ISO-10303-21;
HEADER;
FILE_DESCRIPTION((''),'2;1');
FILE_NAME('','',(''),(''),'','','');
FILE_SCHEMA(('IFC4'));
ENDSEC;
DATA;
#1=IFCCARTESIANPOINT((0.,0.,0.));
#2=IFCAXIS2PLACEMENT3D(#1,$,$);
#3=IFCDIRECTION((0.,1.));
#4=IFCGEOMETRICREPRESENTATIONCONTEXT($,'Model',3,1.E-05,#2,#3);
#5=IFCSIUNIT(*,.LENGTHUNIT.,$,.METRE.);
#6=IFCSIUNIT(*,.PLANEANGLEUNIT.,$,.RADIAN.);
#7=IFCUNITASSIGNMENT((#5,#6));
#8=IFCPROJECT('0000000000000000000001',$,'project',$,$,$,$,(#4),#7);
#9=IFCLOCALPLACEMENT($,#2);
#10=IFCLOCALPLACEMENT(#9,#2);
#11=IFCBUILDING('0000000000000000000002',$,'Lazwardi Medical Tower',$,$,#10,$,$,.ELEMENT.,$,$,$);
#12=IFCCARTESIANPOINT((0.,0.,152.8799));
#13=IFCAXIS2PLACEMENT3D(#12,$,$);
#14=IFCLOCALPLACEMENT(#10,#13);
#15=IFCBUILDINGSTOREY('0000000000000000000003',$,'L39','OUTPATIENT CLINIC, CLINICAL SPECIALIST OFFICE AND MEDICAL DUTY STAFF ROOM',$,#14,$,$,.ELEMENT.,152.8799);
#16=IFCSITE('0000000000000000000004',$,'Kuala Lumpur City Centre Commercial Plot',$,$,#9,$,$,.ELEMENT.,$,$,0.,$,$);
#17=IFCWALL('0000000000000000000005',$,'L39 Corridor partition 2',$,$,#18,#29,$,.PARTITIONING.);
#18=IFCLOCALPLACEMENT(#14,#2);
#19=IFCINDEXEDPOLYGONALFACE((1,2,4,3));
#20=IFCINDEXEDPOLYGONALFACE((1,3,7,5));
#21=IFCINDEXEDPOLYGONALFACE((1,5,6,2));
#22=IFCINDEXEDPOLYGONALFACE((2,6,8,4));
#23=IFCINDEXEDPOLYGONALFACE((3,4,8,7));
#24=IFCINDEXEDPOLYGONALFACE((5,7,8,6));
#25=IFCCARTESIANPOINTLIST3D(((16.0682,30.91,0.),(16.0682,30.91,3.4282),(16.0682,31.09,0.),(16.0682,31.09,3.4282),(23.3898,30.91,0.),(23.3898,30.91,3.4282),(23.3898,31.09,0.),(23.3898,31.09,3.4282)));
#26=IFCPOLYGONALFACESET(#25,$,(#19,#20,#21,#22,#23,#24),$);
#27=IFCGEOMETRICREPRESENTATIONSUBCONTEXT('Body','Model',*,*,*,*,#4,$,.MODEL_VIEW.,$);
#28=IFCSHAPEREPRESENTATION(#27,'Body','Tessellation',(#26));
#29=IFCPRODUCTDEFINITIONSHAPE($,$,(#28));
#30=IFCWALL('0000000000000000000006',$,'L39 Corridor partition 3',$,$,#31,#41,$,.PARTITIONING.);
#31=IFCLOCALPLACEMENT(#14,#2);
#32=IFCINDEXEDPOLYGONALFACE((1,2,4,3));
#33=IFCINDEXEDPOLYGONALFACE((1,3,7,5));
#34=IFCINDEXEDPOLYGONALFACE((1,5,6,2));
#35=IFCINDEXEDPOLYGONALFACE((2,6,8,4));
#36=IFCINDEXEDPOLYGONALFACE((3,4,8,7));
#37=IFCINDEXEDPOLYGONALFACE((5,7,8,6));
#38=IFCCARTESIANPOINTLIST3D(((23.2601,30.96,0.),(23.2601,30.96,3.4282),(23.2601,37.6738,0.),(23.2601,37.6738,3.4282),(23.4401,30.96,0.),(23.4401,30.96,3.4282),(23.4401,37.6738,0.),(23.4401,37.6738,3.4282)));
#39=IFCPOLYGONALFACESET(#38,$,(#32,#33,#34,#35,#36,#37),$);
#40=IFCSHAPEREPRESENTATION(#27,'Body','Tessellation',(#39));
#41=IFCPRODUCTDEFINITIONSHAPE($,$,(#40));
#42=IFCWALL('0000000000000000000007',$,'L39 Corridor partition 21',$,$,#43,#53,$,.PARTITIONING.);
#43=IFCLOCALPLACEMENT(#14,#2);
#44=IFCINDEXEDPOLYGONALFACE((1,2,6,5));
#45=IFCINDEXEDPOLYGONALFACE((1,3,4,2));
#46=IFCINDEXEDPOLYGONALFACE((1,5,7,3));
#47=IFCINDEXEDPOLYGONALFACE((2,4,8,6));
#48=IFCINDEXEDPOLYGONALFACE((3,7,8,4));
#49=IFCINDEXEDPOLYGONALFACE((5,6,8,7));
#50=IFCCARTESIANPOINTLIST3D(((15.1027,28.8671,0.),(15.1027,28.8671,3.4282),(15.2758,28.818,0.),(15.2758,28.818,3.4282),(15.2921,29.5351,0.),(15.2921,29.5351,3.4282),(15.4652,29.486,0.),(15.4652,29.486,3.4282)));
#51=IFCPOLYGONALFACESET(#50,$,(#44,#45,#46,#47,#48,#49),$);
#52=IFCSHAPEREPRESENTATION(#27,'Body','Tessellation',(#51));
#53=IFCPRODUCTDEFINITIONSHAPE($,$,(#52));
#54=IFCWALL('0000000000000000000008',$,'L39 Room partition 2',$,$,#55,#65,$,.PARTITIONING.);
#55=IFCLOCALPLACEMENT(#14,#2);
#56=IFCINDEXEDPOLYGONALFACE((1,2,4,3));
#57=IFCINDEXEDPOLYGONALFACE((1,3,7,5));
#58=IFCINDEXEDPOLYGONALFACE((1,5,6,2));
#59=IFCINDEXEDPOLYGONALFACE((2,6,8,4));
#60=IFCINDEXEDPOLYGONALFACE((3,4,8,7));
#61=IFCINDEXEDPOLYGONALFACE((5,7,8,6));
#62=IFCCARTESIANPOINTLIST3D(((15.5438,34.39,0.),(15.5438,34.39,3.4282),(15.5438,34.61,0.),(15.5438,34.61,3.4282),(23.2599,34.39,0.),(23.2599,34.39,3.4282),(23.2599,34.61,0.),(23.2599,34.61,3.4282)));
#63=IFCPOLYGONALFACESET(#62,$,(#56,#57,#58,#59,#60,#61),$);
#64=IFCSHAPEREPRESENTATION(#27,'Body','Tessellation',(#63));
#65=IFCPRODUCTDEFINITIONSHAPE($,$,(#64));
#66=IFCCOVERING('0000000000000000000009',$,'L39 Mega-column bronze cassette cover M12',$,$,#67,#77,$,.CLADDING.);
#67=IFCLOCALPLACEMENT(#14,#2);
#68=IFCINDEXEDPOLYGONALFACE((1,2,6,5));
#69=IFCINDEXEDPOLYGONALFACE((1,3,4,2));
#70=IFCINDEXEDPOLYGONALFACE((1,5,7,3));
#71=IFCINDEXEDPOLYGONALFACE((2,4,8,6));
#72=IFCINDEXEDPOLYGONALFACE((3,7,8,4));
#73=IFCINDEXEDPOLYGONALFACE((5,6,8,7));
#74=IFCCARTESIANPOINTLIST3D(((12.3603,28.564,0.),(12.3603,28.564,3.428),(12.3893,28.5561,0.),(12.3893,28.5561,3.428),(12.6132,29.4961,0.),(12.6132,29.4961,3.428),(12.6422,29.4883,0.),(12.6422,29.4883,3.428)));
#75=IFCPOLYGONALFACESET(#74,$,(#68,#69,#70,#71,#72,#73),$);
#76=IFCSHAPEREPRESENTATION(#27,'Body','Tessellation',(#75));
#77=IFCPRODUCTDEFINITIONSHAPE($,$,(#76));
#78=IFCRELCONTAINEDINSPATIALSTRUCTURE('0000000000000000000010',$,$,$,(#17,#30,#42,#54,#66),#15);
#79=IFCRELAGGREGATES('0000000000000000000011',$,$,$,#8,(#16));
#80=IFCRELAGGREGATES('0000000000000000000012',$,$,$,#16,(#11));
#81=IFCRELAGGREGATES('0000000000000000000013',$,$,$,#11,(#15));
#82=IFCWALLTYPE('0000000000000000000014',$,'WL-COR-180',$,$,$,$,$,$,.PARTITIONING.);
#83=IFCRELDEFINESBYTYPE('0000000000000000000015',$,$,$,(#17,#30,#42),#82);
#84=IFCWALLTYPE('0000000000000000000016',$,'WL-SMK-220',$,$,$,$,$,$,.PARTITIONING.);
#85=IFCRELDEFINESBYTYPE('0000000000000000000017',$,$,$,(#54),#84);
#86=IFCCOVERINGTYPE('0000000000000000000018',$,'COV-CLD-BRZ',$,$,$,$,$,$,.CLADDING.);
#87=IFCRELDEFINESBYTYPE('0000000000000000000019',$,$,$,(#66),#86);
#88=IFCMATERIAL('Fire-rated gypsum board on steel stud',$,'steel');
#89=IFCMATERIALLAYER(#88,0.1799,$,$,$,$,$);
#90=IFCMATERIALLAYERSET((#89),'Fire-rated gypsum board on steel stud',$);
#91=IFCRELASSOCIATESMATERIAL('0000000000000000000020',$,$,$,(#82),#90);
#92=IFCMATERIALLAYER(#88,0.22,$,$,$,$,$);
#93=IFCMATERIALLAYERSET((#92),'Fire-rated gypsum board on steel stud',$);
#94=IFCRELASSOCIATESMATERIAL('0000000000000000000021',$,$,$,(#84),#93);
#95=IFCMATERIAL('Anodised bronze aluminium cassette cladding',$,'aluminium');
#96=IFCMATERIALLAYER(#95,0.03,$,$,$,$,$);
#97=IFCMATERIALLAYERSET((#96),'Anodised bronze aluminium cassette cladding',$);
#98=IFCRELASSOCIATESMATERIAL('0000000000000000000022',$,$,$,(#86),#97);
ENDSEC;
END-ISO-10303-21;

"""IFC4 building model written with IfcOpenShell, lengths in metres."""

from ifc_helpers import new_model, si_unit, direction, frame, frame_2d, origin, origin_2d, place, context, subcontext, project, spatial, rectangle, extrude, material, layer, layer_set, type_object, element, save


model = new_model("IFC4")

# Units and contexts
model_context = context("Model", 3, precision=1e-05, world=origin(), true_north=direction((0.0, 1.0)))
body_context = subcontext(model_context, "Body", "Model", "MODEL_VIEW")
ifc_project = project(units=[si_unit("LENGTHUNIT", "METRE"), si_unit("PLANEANGLEUNIT", "RADIAN")], contexts=[model_context])

# Site, building, storey
site_placement = place(None, origin())
site = spatial("IfcSite", under=ifc_project, at=site_placement, Name="Kuala Lumpur City Centre Commercial Plot", CompositionType="ELEMENT", RefElevation=0.0)
building_placement = place(site_placement, origin())
building = spatial("IfcBuilding", under=site, at=building_placement, Name="Lazwardi Medical Tower", CompositionType="ELEMENT")
storey_placement = place(building_placement, frame((0.0, 0.0, 152.8799)))
storey = spatial("IfcBuildingStorey", under=building, at=storey_placement, Name="L39", Description="OUTPATIENT CLINIC, CLINICAL SPECIALIST OFFICE AND MEDICAL DUTY STAFF ROOM", CompositionType="ELEMENT", Elevation=152.8799)

# Walls
ifc_material_1 = material(Name="Fire-rated gypsum board on steel stud", Category="steel")
ifc_layer_1 = layer(ifc_material_1, 0.1799)
ifc_layer_set_1 = layer_set([ifc_layer_1], Name="Fire-rated gypsum board on steel stud")
wall_type_1 = type_object("IfcWallType", Name="WL-COR-180", PredefinedType="PARTITIONING", material=ifc_layer_set_1)
wall_1_placement = place(storey_placement, frame((16.0684, 31.0, 0.0), z_axis=(0.0, 0.0, 1.0), x_axis=(1.0, 0.0, 0.0)))
element("IfcWall", 1, at=wall_1_placement, inside=storey, type_object=wall_type_1, Name="L39 Corridor partition 2", PredefinedType="PARTITIONING", context=body_context, shape_type="SweptSolid", body=[
    extrude(rectangle(XDim=7.3215, YDim=0.1799, at=frame_2d((3.6606, 0.0))), origin(), (0.0, 0.0, 1.0), 3.4282),
])
wall_2_placement = place(storey_placement, frame((23.3501, 30.96, 0.0), z_axis=(0.0, 0.0, 1.0), x_axis=(0.0, 1.0, 0.0)))
element("IfcWall", 2, at=wall_2_placement, inside=storey, type_object=wall_type_1, Name="L39 Corridor partition 3", PredefinedType="PARTITIONING", context=body_context, shape_type="SweptSolid", body=[
    extrude(rectangle(XDim=6.7139, YDim=0.1799, at=frame_2d((3.3569, 0.0))), origin(), (0.0, 0.0, 1.0), 3.4282),
])
wall_3_placement = place(storey_placement, frame((15.1892, 28.8425, 0.0), z_axis=(0.0, 0.0, 1.0), x_axis=(0.272863, 0.962053, 0.0)))
element("IfcWall", 3, at=wall_3_placement, inside=storey, type_object=wall_type_1, Name="L39 Corridor partition 21", PredefinedType="PARTITIONING", context=body_context, shape_type="SweptSolid", body=[
    extrude(rectangle(XDim=0.6943, YDim=0.1799, at=frame_2d((0.3472, 0.0))), origin(), (0.0, 0.0, 1.0), 3.4282),
])
ifc_layer_2 = layer(ifc_material_1, 0.22)
ifc_layer_set_2 = layer_set([ifc_layer_2], Name="Fire-rated gypsum board on steel stud")
wall_type_2 = type_object("IfcWallType", Name="WL-SMK-220", PredefinedType="PARTITIONING", material=ifc_layer_set_2)
wall_4_placement = place(storey_placement, frame((15.5439, 34.5, 0.0), z_axis=(0.0, 0.0, 1.0), x_axis=(1.0, 0.0, 0.0)))
element("IfcWall", 4, at=wall_4_placement, inside=storey, type_object=wall_type_2, Name="L39 Room partition 2", PredefinedType="PARTITIONING", context=body_context, shape_type="SweptSolid", body=[
    extrude(rectangle(XDim=7.7161, YDim=0.22, at=frame_2d((3.8579, 0.0))), origin(), (0.0, 0.0, 1.0), 3.4282),
])

# Covering
ifc_material_2 = material(Name="Anodised bronze aluminium cassette cladding", Category="aluminium")
ifc_layer_3 = layer(ifc_material_2, 0.03)
ifc_layer_set_3 = layer_set([ifc_layer_3], Name="Anodised bronze aluminium cassette cladding")
covering_type = type_object("IfcCoveringType", Name="COV-CLD-BRZ", PredefinedType="CLADDING", material=ifc_layer_set_3)
covering_placement = place(storey_placement, frame((12.5012, 29.0261, 0.0), z_axis=(0.0, 0.0, 1.0), x_axis=(-0.261829, -0.965114, 0.0)))
element("IfcCovering", 5, at=covering_placement, inside=storey, type_object=covering_type, Name="L39 Mega-column bronze cassette cover M12", PredefinedType="CLADDING", context=body_context, shape_type="SweptSolid", body=[
    extrude(rectangle(XDim=0.9658, YDim=0.03, at=origin_2d()), origin(), (0.0, 0.0, 1.0), 3.428),
])

save(model, "model.ifc")
